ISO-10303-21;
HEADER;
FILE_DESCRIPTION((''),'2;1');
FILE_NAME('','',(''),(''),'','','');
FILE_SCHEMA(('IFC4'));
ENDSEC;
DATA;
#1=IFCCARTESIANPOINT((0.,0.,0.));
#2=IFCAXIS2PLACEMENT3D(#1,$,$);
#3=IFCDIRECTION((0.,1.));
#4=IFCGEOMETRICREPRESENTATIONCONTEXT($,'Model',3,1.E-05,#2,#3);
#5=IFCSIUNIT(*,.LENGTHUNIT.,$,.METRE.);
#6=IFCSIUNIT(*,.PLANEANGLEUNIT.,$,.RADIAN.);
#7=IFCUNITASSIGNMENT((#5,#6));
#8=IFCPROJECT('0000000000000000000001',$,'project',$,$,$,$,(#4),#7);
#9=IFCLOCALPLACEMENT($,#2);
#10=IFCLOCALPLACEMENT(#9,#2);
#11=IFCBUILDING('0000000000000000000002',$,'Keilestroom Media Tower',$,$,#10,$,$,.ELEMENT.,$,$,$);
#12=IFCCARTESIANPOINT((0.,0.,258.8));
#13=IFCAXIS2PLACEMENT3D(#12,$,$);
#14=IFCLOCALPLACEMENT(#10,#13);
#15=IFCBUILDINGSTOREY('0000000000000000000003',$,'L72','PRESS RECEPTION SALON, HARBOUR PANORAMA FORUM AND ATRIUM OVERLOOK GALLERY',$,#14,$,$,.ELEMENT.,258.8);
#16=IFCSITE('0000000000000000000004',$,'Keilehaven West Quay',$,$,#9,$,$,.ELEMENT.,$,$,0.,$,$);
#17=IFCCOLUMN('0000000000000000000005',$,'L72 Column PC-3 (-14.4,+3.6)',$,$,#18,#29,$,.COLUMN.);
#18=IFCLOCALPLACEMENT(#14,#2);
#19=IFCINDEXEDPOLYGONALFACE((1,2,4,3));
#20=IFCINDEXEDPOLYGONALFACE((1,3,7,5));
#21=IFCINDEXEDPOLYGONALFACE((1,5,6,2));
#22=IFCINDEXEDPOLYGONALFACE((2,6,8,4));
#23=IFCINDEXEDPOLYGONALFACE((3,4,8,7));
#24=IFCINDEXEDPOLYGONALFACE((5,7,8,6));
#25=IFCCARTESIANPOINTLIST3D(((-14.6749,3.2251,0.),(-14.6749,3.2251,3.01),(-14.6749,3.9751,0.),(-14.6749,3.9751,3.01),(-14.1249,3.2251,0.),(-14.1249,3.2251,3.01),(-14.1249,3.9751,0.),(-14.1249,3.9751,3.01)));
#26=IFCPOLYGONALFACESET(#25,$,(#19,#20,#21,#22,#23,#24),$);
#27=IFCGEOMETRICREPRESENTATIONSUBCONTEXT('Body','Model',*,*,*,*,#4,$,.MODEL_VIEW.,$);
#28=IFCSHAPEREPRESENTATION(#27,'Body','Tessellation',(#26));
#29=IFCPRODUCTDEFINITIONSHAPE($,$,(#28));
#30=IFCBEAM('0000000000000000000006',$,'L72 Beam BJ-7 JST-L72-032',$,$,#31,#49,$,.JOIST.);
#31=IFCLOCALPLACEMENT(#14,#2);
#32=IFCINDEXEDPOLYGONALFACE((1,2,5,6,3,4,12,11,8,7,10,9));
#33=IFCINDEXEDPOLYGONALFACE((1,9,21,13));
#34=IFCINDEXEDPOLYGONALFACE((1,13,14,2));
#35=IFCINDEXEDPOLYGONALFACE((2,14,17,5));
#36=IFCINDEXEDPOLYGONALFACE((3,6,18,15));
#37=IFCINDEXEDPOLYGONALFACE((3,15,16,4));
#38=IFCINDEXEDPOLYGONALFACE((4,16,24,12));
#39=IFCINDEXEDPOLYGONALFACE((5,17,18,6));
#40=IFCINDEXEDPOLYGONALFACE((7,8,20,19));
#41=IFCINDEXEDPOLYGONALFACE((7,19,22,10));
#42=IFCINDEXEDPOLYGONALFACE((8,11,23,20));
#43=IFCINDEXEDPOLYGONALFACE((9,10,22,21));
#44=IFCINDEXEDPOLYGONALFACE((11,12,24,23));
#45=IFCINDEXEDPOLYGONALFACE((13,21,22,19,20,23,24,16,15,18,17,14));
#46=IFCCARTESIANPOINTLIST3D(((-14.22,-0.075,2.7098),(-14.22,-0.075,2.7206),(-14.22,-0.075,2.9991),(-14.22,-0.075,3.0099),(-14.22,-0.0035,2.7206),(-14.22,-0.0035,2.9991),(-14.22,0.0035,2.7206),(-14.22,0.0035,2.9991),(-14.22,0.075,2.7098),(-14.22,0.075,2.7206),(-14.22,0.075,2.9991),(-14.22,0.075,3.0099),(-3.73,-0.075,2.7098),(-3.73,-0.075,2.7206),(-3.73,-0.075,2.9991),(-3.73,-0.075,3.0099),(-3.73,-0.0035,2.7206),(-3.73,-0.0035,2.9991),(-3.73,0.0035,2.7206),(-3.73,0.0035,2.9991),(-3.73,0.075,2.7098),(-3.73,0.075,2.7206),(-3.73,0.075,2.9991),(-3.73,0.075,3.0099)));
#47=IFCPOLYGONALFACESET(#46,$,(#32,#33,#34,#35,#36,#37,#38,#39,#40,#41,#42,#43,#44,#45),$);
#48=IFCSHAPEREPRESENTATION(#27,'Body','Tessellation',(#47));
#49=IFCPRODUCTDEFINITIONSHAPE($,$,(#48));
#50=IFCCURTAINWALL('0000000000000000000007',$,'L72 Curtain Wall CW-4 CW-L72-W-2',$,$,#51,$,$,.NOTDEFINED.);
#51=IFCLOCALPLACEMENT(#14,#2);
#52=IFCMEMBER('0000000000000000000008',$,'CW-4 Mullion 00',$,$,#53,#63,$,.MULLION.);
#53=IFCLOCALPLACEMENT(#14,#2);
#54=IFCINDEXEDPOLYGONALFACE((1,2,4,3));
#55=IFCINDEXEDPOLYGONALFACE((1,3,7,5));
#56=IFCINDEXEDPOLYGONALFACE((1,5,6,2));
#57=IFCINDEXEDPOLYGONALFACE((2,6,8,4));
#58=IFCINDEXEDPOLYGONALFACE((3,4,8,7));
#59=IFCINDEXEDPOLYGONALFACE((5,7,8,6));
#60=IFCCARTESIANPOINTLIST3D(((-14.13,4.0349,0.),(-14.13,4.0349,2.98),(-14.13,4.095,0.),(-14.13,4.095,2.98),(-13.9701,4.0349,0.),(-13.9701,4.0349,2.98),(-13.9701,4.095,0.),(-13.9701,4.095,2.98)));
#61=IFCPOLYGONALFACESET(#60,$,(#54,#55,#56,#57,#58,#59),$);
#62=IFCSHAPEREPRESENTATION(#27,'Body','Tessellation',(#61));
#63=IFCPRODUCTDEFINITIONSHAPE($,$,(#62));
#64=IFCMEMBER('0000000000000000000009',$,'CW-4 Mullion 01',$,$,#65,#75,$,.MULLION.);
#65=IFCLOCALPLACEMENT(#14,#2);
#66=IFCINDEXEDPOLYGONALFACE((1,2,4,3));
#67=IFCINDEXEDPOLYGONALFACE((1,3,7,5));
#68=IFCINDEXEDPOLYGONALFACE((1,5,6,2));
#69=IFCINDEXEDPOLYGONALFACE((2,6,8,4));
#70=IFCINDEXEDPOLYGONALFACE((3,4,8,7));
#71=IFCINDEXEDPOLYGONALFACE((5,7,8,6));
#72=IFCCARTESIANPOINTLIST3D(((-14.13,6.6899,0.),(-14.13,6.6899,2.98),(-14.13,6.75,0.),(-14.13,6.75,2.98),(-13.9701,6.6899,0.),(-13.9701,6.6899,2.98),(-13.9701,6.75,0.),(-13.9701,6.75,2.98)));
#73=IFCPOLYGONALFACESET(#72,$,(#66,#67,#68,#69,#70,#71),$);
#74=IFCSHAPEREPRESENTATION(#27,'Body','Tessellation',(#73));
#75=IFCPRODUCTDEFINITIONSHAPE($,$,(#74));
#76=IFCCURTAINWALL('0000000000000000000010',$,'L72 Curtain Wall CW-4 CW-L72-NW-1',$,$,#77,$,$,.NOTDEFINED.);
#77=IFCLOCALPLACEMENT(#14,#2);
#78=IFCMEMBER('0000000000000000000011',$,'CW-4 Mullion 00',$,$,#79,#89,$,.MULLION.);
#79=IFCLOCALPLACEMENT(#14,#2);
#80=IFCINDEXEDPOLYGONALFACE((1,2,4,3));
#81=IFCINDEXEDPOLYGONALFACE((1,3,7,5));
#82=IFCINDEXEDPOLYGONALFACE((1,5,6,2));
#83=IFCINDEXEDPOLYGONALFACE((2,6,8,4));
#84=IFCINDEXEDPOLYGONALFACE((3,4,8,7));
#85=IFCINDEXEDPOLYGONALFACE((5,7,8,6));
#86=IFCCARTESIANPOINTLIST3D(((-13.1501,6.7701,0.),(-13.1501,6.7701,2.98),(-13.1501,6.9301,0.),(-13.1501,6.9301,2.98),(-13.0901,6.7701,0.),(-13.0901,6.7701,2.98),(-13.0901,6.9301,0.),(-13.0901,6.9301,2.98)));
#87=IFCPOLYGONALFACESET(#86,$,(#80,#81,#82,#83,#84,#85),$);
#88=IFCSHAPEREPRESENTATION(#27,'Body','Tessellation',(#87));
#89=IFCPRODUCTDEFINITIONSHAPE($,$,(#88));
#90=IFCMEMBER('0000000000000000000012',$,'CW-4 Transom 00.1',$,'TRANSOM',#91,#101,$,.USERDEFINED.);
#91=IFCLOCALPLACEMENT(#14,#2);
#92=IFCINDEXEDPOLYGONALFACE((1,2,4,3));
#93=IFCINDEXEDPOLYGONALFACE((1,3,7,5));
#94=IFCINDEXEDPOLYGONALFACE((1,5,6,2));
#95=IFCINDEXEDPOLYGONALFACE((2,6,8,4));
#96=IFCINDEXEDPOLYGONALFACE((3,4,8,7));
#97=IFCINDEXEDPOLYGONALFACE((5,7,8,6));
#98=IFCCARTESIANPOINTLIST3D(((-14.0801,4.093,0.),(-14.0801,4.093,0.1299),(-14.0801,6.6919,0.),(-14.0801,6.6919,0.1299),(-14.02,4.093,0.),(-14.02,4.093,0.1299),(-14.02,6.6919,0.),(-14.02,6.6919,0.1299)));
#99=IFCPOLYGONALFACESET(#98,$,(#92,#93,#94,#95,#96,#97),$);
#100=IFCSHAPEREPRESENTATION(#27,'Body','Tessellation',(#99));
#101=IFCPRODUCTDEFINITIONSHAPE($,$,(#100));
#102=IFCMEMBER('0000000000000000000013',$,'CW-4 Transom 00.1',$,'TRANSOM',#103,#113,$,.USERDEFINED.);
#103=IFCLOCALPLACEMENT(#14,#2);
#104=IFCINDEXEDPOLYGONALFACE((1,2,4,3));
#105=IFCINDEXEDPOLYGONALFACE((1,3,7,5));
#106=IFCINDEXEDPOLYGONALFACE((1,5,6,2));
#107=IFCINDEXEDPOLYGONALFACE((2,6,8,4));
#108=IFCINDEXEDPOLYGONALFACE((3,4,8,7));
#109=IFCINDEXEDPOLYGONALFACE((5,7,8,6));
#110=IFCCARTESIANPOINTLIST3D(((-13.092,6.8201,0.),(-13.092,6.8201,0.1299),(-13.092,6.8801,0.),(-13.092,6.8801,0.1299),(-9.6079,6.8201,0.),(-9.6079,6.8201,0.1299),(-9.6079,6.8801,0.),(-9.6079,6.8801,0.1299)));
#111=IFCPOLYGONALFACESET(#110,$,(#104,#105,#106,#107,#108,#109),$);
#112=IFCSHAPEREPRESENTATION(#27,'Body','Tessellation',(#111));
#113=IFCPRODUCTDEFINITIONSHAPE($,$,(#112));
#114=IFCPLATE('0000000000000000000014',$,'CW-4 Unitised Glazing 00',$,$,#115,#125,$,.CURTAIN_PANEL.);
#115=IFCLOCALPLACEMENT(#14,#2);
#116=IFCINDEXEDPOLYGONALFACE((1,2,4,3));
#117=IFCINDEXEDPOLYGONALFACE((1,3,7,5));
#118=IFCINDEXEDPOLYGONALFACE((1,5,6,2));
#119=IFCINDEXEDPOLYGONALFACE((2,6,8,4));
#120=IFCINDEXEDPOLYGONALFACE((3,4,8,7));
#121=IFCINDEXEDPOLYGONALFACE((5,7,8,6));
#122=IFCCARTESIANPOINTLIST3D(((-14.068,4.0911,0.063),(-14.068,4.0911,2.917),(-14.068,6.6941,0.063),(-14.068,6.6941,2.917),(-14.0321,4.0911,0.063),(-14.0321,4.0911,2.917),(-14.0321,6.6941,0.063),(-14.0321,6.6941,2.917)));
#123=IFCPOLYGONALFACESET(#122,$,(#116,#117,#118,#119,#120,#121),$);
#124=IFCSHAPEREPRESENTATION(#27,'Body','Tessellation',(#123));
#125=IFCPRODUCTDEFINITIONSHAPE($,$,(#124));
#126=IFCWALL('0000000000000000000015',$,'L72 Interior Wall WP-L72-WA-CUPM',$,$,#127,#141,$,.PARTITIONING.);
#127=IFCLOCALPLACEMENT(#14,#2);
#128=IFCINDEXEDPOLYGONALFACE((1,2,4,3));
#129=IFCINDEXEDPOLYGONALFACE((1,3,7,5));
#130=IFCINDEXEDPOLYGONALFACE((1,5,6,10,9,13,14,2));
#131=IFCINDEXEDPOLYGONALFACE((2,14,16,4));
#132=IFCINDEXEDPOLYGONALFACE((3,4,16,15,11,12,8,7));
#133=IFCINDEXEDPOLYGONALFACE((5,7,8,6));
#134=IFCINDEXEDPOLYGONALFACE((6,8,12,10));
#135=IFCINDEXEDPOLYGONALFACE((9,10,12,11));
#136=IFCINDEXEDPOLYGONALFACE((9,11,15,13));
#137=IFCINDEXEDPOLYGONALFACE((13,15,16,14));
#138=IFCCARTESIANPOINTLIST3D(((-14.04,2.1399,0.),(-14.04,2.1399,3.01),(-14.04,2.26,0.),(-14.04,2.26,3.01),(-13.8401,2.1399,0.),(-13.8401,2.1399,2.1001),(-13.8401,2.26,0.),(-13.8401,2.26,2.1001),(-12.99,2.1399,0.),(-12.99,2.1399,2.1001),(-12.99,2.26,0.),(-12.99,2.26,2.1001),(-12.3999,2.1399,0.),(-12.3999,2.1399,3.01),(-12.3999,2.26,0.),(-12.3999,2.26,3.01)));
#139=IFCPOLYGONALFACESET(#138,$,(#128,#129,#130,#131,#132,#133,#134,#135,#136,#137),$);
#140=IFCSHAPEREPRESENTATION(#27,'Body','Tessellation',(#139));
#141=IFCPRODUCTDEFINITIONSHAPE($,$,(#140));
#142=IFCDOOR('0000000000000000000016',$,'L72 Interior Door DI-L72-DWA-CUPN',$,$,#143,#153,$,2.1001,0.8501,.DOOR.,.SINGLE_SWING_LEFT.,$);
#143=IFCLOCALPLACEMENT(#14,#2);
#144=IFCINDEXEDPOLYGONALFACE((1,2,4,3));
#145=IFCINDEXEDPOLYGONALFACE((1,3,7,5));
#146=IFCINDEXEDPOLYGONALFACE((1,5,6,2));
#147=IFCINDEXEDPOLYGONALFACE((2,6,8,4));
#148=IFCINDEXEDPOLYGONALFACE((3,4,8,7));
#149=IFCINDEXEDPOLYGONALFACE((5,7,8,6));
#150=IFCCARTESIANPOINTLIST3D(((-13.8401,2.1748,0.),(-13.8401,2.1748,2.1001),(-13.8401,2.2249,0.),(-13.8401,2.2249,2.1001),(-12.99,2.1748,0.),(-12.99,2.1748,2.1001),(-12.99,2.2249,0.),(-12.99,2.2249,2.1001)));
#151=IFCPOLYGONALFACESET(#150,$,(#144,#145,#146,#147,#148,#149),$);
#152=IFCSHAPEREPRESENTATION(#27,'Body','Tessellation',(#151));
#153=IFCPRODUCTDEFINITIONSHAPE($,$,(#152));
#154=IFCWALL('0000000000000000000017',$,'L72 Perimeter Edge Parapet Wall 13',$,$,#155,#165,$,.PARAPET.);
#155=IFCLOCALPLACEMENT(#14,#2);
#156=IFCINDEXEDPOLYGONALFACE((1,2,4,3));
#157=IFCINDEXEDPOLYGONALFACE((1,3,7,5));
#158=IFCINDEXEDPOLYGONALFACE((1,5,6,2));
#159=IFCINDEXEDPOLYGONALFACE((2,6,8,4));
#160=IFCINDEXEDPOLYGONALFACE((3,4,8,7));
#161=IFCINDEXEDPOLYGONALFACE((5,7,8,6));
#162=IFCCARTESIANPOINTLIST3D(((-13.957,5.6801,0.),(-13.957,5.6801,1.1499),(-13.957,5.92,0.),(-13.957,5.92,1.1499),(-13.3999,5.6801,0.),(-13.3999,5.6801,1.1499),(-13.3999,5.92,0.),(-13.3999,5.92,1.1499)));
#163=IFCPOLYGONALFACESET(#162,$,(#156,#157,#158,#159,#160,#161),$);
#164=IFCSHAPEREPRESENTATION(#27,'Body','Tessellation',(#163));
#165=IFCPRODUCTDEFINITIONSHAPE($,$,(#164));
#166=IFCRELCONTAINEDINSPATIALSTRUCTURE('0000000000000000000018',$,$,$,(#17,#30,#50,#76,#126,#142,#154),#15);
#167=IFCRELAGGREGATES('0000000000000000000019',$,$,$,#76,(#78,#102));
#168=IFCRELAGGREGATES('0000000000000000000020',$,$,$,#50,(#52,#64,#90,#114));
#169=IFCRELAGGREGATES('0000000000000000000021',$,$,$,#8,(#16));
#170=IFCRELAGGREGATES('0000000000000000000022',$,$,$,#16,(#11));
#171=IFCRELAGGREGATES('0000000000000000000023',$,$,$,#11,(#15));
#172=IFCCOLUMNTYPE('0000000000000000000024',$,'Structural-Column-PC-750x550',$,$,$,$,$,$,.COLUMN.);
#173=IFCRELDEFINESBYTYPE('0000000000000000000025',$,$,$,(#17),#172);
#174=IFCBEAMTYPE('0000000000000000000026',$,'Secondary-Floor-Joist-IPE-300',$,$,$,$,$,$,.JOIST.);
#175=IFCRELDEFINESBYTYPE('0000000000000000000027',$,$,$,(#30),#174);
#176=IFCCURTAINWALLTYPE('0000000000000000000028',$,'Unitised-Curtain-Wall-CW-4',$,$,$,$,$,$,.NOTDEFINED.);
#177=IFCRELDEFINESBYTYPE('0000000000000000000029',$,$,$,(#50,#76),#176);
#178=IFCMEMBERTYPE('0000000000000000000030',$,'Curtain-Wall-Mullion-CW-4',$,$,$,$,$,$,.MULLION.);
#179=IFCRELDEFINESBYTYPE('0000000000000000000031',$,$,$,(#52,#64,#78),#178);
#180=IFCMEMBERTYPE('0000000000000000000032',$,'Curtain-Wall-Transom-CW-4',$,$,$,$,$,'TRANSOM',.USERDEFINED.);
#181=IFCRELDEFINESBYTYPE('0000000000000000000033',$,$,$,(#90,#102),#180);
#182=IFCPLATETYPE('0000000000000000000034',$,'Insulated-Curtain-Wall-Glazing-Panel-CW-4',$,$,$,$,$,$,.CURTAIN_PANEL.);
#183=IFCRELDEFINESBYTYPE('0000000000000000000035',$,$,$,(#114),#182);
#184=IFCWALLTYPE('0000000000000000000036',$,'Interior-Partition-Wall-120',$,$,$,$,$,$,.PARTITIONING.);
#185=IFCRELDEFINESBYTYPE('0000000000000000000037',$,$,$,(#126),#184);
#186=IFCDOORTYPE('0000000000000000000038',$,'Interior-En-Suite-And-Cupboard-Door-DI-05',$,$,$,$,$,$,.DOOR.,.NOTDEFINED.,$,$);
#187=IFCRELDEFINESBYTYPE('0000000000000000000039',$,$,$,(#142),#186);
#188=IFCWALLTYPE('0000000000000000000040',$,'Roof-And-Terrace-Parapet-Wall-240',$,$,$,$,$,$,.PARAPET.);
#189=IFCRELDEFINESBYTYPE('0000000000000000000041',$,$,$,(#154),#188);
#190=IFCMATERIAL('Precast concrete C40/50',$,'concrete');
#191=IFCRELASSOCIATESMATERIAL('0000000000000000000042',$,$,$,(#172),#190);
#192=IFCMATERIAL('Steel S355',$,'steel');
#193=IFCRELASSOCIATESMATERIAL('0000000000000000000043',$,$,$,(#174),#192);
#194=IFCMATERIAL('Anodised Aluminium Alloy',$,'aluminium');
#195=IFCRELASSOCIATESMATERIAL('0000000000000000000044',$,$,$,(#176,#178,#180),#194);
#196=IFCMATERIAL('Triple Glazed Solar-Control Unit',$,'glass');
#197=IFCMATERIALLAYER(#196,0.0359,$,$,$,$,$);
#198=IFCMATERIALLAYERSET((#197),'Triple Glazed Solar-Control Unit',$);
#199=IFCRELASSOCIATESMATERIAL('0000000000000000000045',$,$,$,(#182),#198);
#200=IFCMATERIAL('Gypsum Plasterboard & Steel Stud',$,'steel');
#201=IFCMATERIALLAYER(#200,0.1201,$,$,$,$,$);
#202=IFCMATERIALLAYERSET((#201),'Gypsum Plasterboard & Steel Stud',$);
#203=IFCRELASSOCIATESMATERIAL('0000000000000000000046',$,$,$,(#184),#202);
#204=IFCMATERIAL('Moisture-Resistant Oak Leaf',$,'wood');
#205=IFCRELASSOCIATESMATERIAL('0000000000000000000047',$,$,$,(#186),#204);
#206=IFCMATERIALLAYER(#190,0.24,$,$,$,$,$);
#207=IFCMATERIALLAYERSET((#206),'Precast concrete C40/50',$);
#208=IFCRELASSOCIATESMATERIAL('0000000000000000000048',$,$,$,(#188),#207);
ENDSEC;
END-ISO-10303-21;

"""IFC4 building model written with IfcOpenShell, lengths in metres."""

from ifc_helpers import new_model, si_unit, direction, frame, frame_2d, origin, origin_2d, place, context, subcontext, project, spatial, rectangle, i_section, extrude, source, transform, mapped, material, layer, layer_set, material_profile, profile_set, type_object, element, fill, aggregate, save


model = new_model("IFC4")

# Units and contexts
model_context = context("Model", 3, precision=1e-05, world=origin(), true_north=direction((0.0, 1.0)))
body_context = subcontext(model_context, "Body", "Model", "MODEL_VIEW")
ifc_project = project(units=[si_unit("LENGTHUNIT", "METRE"), si_unit("PLANEANGLEUNIT", "RADIAN")], contexts=[model_context])

# Site, building, storey
site_placement = place(None, origin())
site = spatial("IfcSite", under=ifc_project, at=site_placement, Name="Keilehaven West Quay", CompositionType="ELEMENT", RefElevation=0.0)
building_placement = place(site_placement, origin())
building = spatial("IfcBuilding", under=site, at=building_placement, Name="Keilestroom Media Tower", CompositionType="ELEMENT")
storey_placement = place(building_placement, frame((0.0, 0.0, 258.8)))
storey = spatial("IfcBuildingStorey", under=building, at=storey_placement, Name="L72", Description="PRESS RECEPTION SALON, HARBOUR PANORAMA FORUM AND ATRIUM OVERLOOK GALLERY", CompositionType="ELEMENT", Elevation=258.8)

# Column
ifc_material_1 = material(Name="Precast concrete C40/50", Category="concrete")
ifc_material_profile_1 = material_profile(ifc_material_1, rectangle(XDim=0.55, YDim=0.75, at=origin_2d()), Name="PC 750x550")
ifc_profile_set_1 = profile_set([ifc_material_profile_1], Name="Precast concrete C40/50")
column_type = type_object("IfcColumnType", Name="Structural-Column-PC-750x550", PredefinedType="COLUMN", material=ifc_profile_set_1)
shared_shape_1 = source(origin(), body_context, "Body", "SweptSolid", [
    extrude(rectangle(XDim=0.55, YDim=0.75, at=origin_2d()), origin(), (0.0, 0.0, 1.0), 3.01),
])
column_placement = place(storey_placement, frame((-14.3999, 3.6001, 0.0), z_axis=(0.0, 0.0, 1.0), x_axis=(1.0, 0.0, 0.0)))
element("IfcColumn", 1, at=column_placement, inside=storey, type_object=column_type, Name="L72 Column PC-3 (-14.4,+3.6)", PredefinedType="COLUMN", context=body_context, shape_type="MappedRepresentation", body=[
    mapped(shared_shape_1, transform((0.0, 0.0, 0.0), x_axis=(1.0, 0.0, 0.0), y_axis=(0.0, 1.0, 0.0), z_axis=(0.0, 0.0, 1.0), scale=1.0)),
])

# Beam
ifc_material_2 = material(Name="Steel S355", Category="steel")
ifc_material_profile_2 = material_profile(ifc_material_2, i_section(OverallWidth=0.1499, OverallDepth=0.3, WebThickness=0.0071, FlangeThickness=0.0107, at=origin_2d()), Name="IPE 300")
ifc_profile_set_2 = profile_set([ifc_material_profile_2], Name="Steel S355")
beam_type = type_object("IfcBeamType", Name="Secondary-Floor-Joist-IPE-300", PredefinedType="JOIST", material=ifc_profile_set_2)
shared_shape_2 = source(origin(), body_context, "Body", "SweptSolid", [
    extrude(i_section(OverallWidth=0.1499, OverallDepth=0.3, WebThickness=0.0071, FlangeThickness=0.0107, at=origin_2d()), origin(), (0.0, 0.0, 1.0), 10.49),
])
beam_placement = place(storey_placement, frame((-14.22, 0.0, 2.8599), z_axis=(1.0, 0.0, 0.0), x_axis=(0.0, 1.0, 0.0)))
element("IfcBeam", 2, at=beam_placement, inside=storey, type_object=beam_type, Name="L72 Beam BJ-7 JST-L72-032", PredefinedType="JOIST", context=body_context, shape_type="MappedRepresentation", body=[
    mapped(shared_shape_2, transform((0.0, 0.0, 0.0), x_axis=(1.0, 0.0, 0.0), y_axis=(0.0, 1.0, 0.0), z_axis=(0.0, 0.0, 1.0), scale=1.0)),
])

# Curtain wall, members
ifc_material_3 = material(Name="Anodised Aluminium Alloy", Category="aluminium")
curtain_wall_type = type_object("IfcCurtainWallType", Name="Unitised-Curtain-Wall-CW-4", PredefinedType="NOTDEFINED", material=ifc_material_3)
curtain_wall_1_placement = place(storey_placement, origin())
curtain_wall_1 = element("IfcCurtainWall", 3, at=curtain_wall_1_placement, inside=storey, type_object=curtain_wall_type, Name="L72 Curtain Wall CW-4 CW-L72-W-2", PredefinedType="NOTDEFINED")
ifc_material_profile_3 = material_profile(ifc_material_3, rectangle(XDim=0.0601, YDim=0.1599, at=origin_2d()), Name="ALU MULLION 60x160")
ifc_profile_set_3 = profile_set([ifc_material_profile_3], Name="Anodised Aluminium Alloy")
member_type_1 = type_object("IfcMemberType", Name="Curtain-Wall-Mullion-CW-4", PredefinedType="MULLION", material=ifc_profile_set_3)
shared_shape_3 = source(origin(), body_context, "Body", "SweptSolid", [
    extrude(rectangle(XDim=0.0601, YDim=0.1599, at=origin_2d()), origin(), (0.0, 0.0, 1.0), 2.98),
])
member_1_placement = place(storey_placement, frame((-14.05, 4.0649, 0.0), z_axis=(0.0, 0.0, 1.0), x_axis=(0.0, 1.0, 0.0)))
member_1 = element("IfcMember", 4, at=member_1_placement, type_object=member_type_1, Name="CW-4 Mullion 00", PredefinedType="MULLION", context=body_context, shape_type="MappedRepresentation", body=[
    mapped(shared_shape_3, transform((0.0, 0.0, 0.0), x_axis=(1.0, 0.0, 0.0), y_axis=(0.0, 1.0, 0.0), z_axis=(0.0, 0.0, 1.0), scale=1.0)),
])
member_2_placement = place(storey_placement, frame((-14.05, 6.72, 0.0), z_axis=(0.0, 0.0, 1.0), x_axis=(0.0, 1.0, 0.0)))
member_2 = element("IfcMember", 5, at=member_2_placement, type_object=member_type_1, Name="CW-4 Mullion 01", PredefinedType="MULLION", context=body_context, shape_type="MappedRepresentation", body=[
    mapped(shared_shape_3, transform((0.0, 0.0, 0.0), x_axis=(1.0, 0.0, 0.0), y_axis=(0.0, 1.0, 0.0), z_axis=(0.0, 0.0, 1.0), scale=1.0)),
])

# Curtain wall, member
curtain_wall_2_placement = place(storey_placement, origin())
curtain_wall_2 = element("IfcCurtainWall", 6, at=curtain_wall_2_placement, inside=storey, type_object=curtain_wall_type, Name="L72 Curtain Wall CW-4 CW-L72-NW-1", PredefinedType="NOTDEFINED")
member_3_placement = place(storey_placement, frame((-13.1201, 6.8501, 0.0), z_axis=(0.0, 0.0, 1.0), x_axis=(1.0, 0.0, 0.0)))
member_3 = element("IfcMember", 7, at=member_3_placement, type_object=member_type_1, Name="CW-4 Mullion 00", PredefinedType="MULLION", context=body_context, shape_type="MappedRepresentation", body=[
    mapped(shared_shape_3, transform((0.0, 0.0, 0.0), x_axis=(1.0, 0.0, 0.0), y_axis=(0.0, 1.0, 0.0), z_axis=(0.0, 0.0, 1.0), scale=1.0)),
])

# Members
ifc_material_profile_4 = material_profile(ifc_material_3, rectangle(XDim=0.0601, YDim=0.1299, at=origin_2d()), Name="ALU TRANSOM 60x130")
ifc_profile_set_4 = profile_set([ifc_material_profile_4], Name="Anodised Aluminium Alloy")
member_type_2 = type_object("IfcMemberType", Name="Curtain-Wall-Transom-CW-4", ElementType="TRANSOM", PredefinedType="USERDEFINED", material=ifc_profile_set_4)
shared_shape_4 = source(origin(), body_context, "Body", "SweptSolid", [
    extrude(rectangle(XDim=0.0601, YDim=0.1299, at=origin_2d()), origin(), (0.0, 0.0, 1.0), 2.5989),
])
member_4_placement = place(storey_placement, frame((-14.05, 4.093, 0.0649), z_axis=(0.0, 1.0, 0.0), x_axis=(-1.0, 0.0, 0.0)))
member_4 = element("IfcMember", 8, at=member_4_placement, type_object=member_type_2, Name="CW-4 Transom 00.1", ObjectType="TRANSOM", PredefinedType="USERDEFINED", context=body_context, shape_type="MappedRepresentation", body=[
    mapped(shared_shape_4, transform((0.0, 0.0, 0.0), x_axis=(1.0, 0.0, 0.0), y_axis=(0.0, 1.0, 0.0), z_axis=(0.0, 0.0, 1.0), scale=1.0)),
])
shared_shape_5 = source(origin(), body_context, "Body", "SweptSolid", [
    extrude(rectangle(XDim=0.0601, YDim=0.1299, at=origin_2d()), origin(), (0.0, 0.0, 1.0), 3.4841),
])
member_5_placement = place(storey_placement, frame((-13.092, 6.8501, 0.0649), z_axis=(1.0, 0.0, 0.0), x_axis=(0.0, 1.0, 0.0)))
member_5 = element("IfcMember", 9, at=member_5_placement, type_object=member_type_2, Name="CW-4 Transom 00.1", ObjectType="TRANSOM", PredefinedType="USERDEFINED", context=body_context, shape_type="MappedRepresentation", body=[
    mapped(shared_shape_5, transform((0.0, 0.0, 0.0), x_axis=(1.0, 0.0, 0.0), y_axis=(0.0, 1.0, 0.0), z_axis=(0.0, 0.0, 1.0), scale=1.0)),
])
aggregate(curtain_wall_2, [member_3, member_5])

# Plate
ifc_material_4 = material(Name="Triple Glazed Solar-Control Unit", Category="glass")
ifc_layer_1 = layer(ifc_material_4, 0.0359)
ifc_layer_set_1 = layer_set([ifc_layer_1], Name="Triple Glazed Solar-Control Unit")
plate_type = type_object("IfcPlateType", Name="Insulated-Curtain-Wall-Glazing-Panel-CW-4", PredefinedType="CURTAIN_PANEL", material=ifc_layer_set_1)
shared_shape_6 = source(origin(), body_context, "Body", "SweptSolid", [
    extrude(rectangle(XDim=2.603, YDim=0.0359, at=origin_2d()), origin(), (0.0, 0.0, 1.0), 2.854),
])
plate_placement = place(storey_placement, frame((-14.05, 5.3926, 0.063), z_axis=(0.0, 0.0, 1.0), x_axis=(0.0, 1.0, 0.0)))
plate = element("IfcPlate", 10, at=plate_placement, type_object=plate_type, Name="CW-4 Unitised Glazing 00", PredefinedType="CURTAIN_PANEL", context=body_context, shape_type="MappedRepresentation", body=[
    mapped(shared_shape_6, transform((0.0, 0.0, 0.0), x_axis=(1.0, 0.0, 0.0), y_axis=(0.0, 1.0, 0.0), z_axis=(0.0, 0.0, 1.0), scale=1.0)),
])
aggregate(curtain_wall_1, [member_1, member_2, member_4, plate])

# Wall, opening, door
ifc_material_5 = material(Name="Gypsum Plasterboard & Steel Stud", Category="steel")
ifc_layer_2 = layer(ifc_material_5, 0.1201)
ifc_layer_set_2 = layer_set([ifc_layer_2], Name="Gypsum Plasterboard & Steel Stud")
wall_type_1 = type_object("IfcWallType", Name="Interior-Partition-Wall-120", PredefinedType="PARTITIONING", material=ifc_layer_set_2)
wall_1_placement = place(storey_placement, frame((-14.04, 2.2, 0.0), z_axis=(0.0, 0.0, 1.0), x_axis=(1.0, 0.0, 0.0)))
wall_1 = element("IfcWall", 11, at=wall_1_placement, inside=storey, type_object=wall_type_1, Name="L72 Interior Wall WP-L72-WA-CUPM", PredefinedType="PARTITIONING", context=body_context, shape_type="SweptSolid", body=[
    extrude(rectangle(XDim=1.6401, YDim=0.1201, at=frame_2d((0.8201, 0.0))), origin(), (0.0, 0.0, 1.0), 3.01),
])
opening_placement = place(wall_1_placement, frame((0.2, 0.0, 0.0)))
opening = element("IfcOpeningElement", 12, at=opening_placement, cuts=wall_1, PredefinedType="OPENING", context=body_context, shape_type="SweptSolid", body=[
    extrude(rectangle(XDim=0.8501, YDim=2.1001, at=frame_2d((0.425, 1.05))), frame((0.0, 0.0701, 0.0), z_axis=(0.0, -1.0, 0.0), x_axis=(1.0, 0.0, 0.0)), (0.0, 0.0, 1.0), 0.1401),
])
ifc_material_6 = material(Name="Moisture-Resistant Oak Leaf", Category="wood")
door_type = type_object("IfcDoorType", Name="Interior-En-Suite-And-Cupboard-Door-DI-05", OperationType="NOTDEFINED", PredefinedType="DOOR", material=ifc_material_6)
shared_shape_7 = source(origin(), body_context, "Body", "SweptSolid", [
    extrude(rectangle(XDim=0.8501, YDim=2.1001, at=frame_2d((0.425, 1.05))), frame((0.0, 0.0249, 0.0), z_axis=(0.0, -1.0, 0.0), x_axis=(1.0, 0.0, 0.0)), (0.0, 0.0, 1.0), 0.05),
])
door_placement = place(opening_placement, origin())
door = element("IfcDoor", 13, at=door_placement, inside=storey, type_object=door_type, Name="L72 Interior Door DI-L72-DWA-CUPN", OperationType="SINGLE_SWING_LEFT", OverallHeight=2.1001, OverallWidth=0.8501, PredefinedType="DOOR", context=body_context, shape_type="MappedRepresentation", body=[
    mapped(shared_shape_7, transform((0.0, 0.0, 0.0), x_axis=(1.0, 0.0, 0.0), y_axis=(0.0, 1.0, 0.0), z_axis=(0.0, 0.0, 1.0), scale=1.0)),
])
fill(opening, door)

# Wall
ifc_layer_3 = layer(ifc_material_1, 0.24)
ifc_layer_set_3 = layer_set([ifc_layer_3], Name="Precast concrete C40/50")
wall_type_2 = type_object("IfcWallType", Name="Roof-And-Terrace-Parapet-Wall-240", PredefinedType="PARAPET", material=ifc_layer_set_3)
wall_2_placement = place(storey_placement, frame((-13.957, 5.8, 0.0), z_axis=(0.0, 0.0, 1.0), x_axis=(1.0, 0.0, 0.0)))
element("IfcWall", 14, at=wall_2_placement, inside=storey, type_object=wall_type_2, Name="L72 Perimeter Edge Parapet Wall 13", PredefinedType="PARAPET", context=body_context, shape_type="SweptSolid", body=[
    extrude(rectangle(XDim=0.5571, YDim=0.24, at=frame_2d((0.2786, 0.0))), origin(), (0.0, 0.0, 1.0), 1.1499),
])

save(model, "model.ifc")
